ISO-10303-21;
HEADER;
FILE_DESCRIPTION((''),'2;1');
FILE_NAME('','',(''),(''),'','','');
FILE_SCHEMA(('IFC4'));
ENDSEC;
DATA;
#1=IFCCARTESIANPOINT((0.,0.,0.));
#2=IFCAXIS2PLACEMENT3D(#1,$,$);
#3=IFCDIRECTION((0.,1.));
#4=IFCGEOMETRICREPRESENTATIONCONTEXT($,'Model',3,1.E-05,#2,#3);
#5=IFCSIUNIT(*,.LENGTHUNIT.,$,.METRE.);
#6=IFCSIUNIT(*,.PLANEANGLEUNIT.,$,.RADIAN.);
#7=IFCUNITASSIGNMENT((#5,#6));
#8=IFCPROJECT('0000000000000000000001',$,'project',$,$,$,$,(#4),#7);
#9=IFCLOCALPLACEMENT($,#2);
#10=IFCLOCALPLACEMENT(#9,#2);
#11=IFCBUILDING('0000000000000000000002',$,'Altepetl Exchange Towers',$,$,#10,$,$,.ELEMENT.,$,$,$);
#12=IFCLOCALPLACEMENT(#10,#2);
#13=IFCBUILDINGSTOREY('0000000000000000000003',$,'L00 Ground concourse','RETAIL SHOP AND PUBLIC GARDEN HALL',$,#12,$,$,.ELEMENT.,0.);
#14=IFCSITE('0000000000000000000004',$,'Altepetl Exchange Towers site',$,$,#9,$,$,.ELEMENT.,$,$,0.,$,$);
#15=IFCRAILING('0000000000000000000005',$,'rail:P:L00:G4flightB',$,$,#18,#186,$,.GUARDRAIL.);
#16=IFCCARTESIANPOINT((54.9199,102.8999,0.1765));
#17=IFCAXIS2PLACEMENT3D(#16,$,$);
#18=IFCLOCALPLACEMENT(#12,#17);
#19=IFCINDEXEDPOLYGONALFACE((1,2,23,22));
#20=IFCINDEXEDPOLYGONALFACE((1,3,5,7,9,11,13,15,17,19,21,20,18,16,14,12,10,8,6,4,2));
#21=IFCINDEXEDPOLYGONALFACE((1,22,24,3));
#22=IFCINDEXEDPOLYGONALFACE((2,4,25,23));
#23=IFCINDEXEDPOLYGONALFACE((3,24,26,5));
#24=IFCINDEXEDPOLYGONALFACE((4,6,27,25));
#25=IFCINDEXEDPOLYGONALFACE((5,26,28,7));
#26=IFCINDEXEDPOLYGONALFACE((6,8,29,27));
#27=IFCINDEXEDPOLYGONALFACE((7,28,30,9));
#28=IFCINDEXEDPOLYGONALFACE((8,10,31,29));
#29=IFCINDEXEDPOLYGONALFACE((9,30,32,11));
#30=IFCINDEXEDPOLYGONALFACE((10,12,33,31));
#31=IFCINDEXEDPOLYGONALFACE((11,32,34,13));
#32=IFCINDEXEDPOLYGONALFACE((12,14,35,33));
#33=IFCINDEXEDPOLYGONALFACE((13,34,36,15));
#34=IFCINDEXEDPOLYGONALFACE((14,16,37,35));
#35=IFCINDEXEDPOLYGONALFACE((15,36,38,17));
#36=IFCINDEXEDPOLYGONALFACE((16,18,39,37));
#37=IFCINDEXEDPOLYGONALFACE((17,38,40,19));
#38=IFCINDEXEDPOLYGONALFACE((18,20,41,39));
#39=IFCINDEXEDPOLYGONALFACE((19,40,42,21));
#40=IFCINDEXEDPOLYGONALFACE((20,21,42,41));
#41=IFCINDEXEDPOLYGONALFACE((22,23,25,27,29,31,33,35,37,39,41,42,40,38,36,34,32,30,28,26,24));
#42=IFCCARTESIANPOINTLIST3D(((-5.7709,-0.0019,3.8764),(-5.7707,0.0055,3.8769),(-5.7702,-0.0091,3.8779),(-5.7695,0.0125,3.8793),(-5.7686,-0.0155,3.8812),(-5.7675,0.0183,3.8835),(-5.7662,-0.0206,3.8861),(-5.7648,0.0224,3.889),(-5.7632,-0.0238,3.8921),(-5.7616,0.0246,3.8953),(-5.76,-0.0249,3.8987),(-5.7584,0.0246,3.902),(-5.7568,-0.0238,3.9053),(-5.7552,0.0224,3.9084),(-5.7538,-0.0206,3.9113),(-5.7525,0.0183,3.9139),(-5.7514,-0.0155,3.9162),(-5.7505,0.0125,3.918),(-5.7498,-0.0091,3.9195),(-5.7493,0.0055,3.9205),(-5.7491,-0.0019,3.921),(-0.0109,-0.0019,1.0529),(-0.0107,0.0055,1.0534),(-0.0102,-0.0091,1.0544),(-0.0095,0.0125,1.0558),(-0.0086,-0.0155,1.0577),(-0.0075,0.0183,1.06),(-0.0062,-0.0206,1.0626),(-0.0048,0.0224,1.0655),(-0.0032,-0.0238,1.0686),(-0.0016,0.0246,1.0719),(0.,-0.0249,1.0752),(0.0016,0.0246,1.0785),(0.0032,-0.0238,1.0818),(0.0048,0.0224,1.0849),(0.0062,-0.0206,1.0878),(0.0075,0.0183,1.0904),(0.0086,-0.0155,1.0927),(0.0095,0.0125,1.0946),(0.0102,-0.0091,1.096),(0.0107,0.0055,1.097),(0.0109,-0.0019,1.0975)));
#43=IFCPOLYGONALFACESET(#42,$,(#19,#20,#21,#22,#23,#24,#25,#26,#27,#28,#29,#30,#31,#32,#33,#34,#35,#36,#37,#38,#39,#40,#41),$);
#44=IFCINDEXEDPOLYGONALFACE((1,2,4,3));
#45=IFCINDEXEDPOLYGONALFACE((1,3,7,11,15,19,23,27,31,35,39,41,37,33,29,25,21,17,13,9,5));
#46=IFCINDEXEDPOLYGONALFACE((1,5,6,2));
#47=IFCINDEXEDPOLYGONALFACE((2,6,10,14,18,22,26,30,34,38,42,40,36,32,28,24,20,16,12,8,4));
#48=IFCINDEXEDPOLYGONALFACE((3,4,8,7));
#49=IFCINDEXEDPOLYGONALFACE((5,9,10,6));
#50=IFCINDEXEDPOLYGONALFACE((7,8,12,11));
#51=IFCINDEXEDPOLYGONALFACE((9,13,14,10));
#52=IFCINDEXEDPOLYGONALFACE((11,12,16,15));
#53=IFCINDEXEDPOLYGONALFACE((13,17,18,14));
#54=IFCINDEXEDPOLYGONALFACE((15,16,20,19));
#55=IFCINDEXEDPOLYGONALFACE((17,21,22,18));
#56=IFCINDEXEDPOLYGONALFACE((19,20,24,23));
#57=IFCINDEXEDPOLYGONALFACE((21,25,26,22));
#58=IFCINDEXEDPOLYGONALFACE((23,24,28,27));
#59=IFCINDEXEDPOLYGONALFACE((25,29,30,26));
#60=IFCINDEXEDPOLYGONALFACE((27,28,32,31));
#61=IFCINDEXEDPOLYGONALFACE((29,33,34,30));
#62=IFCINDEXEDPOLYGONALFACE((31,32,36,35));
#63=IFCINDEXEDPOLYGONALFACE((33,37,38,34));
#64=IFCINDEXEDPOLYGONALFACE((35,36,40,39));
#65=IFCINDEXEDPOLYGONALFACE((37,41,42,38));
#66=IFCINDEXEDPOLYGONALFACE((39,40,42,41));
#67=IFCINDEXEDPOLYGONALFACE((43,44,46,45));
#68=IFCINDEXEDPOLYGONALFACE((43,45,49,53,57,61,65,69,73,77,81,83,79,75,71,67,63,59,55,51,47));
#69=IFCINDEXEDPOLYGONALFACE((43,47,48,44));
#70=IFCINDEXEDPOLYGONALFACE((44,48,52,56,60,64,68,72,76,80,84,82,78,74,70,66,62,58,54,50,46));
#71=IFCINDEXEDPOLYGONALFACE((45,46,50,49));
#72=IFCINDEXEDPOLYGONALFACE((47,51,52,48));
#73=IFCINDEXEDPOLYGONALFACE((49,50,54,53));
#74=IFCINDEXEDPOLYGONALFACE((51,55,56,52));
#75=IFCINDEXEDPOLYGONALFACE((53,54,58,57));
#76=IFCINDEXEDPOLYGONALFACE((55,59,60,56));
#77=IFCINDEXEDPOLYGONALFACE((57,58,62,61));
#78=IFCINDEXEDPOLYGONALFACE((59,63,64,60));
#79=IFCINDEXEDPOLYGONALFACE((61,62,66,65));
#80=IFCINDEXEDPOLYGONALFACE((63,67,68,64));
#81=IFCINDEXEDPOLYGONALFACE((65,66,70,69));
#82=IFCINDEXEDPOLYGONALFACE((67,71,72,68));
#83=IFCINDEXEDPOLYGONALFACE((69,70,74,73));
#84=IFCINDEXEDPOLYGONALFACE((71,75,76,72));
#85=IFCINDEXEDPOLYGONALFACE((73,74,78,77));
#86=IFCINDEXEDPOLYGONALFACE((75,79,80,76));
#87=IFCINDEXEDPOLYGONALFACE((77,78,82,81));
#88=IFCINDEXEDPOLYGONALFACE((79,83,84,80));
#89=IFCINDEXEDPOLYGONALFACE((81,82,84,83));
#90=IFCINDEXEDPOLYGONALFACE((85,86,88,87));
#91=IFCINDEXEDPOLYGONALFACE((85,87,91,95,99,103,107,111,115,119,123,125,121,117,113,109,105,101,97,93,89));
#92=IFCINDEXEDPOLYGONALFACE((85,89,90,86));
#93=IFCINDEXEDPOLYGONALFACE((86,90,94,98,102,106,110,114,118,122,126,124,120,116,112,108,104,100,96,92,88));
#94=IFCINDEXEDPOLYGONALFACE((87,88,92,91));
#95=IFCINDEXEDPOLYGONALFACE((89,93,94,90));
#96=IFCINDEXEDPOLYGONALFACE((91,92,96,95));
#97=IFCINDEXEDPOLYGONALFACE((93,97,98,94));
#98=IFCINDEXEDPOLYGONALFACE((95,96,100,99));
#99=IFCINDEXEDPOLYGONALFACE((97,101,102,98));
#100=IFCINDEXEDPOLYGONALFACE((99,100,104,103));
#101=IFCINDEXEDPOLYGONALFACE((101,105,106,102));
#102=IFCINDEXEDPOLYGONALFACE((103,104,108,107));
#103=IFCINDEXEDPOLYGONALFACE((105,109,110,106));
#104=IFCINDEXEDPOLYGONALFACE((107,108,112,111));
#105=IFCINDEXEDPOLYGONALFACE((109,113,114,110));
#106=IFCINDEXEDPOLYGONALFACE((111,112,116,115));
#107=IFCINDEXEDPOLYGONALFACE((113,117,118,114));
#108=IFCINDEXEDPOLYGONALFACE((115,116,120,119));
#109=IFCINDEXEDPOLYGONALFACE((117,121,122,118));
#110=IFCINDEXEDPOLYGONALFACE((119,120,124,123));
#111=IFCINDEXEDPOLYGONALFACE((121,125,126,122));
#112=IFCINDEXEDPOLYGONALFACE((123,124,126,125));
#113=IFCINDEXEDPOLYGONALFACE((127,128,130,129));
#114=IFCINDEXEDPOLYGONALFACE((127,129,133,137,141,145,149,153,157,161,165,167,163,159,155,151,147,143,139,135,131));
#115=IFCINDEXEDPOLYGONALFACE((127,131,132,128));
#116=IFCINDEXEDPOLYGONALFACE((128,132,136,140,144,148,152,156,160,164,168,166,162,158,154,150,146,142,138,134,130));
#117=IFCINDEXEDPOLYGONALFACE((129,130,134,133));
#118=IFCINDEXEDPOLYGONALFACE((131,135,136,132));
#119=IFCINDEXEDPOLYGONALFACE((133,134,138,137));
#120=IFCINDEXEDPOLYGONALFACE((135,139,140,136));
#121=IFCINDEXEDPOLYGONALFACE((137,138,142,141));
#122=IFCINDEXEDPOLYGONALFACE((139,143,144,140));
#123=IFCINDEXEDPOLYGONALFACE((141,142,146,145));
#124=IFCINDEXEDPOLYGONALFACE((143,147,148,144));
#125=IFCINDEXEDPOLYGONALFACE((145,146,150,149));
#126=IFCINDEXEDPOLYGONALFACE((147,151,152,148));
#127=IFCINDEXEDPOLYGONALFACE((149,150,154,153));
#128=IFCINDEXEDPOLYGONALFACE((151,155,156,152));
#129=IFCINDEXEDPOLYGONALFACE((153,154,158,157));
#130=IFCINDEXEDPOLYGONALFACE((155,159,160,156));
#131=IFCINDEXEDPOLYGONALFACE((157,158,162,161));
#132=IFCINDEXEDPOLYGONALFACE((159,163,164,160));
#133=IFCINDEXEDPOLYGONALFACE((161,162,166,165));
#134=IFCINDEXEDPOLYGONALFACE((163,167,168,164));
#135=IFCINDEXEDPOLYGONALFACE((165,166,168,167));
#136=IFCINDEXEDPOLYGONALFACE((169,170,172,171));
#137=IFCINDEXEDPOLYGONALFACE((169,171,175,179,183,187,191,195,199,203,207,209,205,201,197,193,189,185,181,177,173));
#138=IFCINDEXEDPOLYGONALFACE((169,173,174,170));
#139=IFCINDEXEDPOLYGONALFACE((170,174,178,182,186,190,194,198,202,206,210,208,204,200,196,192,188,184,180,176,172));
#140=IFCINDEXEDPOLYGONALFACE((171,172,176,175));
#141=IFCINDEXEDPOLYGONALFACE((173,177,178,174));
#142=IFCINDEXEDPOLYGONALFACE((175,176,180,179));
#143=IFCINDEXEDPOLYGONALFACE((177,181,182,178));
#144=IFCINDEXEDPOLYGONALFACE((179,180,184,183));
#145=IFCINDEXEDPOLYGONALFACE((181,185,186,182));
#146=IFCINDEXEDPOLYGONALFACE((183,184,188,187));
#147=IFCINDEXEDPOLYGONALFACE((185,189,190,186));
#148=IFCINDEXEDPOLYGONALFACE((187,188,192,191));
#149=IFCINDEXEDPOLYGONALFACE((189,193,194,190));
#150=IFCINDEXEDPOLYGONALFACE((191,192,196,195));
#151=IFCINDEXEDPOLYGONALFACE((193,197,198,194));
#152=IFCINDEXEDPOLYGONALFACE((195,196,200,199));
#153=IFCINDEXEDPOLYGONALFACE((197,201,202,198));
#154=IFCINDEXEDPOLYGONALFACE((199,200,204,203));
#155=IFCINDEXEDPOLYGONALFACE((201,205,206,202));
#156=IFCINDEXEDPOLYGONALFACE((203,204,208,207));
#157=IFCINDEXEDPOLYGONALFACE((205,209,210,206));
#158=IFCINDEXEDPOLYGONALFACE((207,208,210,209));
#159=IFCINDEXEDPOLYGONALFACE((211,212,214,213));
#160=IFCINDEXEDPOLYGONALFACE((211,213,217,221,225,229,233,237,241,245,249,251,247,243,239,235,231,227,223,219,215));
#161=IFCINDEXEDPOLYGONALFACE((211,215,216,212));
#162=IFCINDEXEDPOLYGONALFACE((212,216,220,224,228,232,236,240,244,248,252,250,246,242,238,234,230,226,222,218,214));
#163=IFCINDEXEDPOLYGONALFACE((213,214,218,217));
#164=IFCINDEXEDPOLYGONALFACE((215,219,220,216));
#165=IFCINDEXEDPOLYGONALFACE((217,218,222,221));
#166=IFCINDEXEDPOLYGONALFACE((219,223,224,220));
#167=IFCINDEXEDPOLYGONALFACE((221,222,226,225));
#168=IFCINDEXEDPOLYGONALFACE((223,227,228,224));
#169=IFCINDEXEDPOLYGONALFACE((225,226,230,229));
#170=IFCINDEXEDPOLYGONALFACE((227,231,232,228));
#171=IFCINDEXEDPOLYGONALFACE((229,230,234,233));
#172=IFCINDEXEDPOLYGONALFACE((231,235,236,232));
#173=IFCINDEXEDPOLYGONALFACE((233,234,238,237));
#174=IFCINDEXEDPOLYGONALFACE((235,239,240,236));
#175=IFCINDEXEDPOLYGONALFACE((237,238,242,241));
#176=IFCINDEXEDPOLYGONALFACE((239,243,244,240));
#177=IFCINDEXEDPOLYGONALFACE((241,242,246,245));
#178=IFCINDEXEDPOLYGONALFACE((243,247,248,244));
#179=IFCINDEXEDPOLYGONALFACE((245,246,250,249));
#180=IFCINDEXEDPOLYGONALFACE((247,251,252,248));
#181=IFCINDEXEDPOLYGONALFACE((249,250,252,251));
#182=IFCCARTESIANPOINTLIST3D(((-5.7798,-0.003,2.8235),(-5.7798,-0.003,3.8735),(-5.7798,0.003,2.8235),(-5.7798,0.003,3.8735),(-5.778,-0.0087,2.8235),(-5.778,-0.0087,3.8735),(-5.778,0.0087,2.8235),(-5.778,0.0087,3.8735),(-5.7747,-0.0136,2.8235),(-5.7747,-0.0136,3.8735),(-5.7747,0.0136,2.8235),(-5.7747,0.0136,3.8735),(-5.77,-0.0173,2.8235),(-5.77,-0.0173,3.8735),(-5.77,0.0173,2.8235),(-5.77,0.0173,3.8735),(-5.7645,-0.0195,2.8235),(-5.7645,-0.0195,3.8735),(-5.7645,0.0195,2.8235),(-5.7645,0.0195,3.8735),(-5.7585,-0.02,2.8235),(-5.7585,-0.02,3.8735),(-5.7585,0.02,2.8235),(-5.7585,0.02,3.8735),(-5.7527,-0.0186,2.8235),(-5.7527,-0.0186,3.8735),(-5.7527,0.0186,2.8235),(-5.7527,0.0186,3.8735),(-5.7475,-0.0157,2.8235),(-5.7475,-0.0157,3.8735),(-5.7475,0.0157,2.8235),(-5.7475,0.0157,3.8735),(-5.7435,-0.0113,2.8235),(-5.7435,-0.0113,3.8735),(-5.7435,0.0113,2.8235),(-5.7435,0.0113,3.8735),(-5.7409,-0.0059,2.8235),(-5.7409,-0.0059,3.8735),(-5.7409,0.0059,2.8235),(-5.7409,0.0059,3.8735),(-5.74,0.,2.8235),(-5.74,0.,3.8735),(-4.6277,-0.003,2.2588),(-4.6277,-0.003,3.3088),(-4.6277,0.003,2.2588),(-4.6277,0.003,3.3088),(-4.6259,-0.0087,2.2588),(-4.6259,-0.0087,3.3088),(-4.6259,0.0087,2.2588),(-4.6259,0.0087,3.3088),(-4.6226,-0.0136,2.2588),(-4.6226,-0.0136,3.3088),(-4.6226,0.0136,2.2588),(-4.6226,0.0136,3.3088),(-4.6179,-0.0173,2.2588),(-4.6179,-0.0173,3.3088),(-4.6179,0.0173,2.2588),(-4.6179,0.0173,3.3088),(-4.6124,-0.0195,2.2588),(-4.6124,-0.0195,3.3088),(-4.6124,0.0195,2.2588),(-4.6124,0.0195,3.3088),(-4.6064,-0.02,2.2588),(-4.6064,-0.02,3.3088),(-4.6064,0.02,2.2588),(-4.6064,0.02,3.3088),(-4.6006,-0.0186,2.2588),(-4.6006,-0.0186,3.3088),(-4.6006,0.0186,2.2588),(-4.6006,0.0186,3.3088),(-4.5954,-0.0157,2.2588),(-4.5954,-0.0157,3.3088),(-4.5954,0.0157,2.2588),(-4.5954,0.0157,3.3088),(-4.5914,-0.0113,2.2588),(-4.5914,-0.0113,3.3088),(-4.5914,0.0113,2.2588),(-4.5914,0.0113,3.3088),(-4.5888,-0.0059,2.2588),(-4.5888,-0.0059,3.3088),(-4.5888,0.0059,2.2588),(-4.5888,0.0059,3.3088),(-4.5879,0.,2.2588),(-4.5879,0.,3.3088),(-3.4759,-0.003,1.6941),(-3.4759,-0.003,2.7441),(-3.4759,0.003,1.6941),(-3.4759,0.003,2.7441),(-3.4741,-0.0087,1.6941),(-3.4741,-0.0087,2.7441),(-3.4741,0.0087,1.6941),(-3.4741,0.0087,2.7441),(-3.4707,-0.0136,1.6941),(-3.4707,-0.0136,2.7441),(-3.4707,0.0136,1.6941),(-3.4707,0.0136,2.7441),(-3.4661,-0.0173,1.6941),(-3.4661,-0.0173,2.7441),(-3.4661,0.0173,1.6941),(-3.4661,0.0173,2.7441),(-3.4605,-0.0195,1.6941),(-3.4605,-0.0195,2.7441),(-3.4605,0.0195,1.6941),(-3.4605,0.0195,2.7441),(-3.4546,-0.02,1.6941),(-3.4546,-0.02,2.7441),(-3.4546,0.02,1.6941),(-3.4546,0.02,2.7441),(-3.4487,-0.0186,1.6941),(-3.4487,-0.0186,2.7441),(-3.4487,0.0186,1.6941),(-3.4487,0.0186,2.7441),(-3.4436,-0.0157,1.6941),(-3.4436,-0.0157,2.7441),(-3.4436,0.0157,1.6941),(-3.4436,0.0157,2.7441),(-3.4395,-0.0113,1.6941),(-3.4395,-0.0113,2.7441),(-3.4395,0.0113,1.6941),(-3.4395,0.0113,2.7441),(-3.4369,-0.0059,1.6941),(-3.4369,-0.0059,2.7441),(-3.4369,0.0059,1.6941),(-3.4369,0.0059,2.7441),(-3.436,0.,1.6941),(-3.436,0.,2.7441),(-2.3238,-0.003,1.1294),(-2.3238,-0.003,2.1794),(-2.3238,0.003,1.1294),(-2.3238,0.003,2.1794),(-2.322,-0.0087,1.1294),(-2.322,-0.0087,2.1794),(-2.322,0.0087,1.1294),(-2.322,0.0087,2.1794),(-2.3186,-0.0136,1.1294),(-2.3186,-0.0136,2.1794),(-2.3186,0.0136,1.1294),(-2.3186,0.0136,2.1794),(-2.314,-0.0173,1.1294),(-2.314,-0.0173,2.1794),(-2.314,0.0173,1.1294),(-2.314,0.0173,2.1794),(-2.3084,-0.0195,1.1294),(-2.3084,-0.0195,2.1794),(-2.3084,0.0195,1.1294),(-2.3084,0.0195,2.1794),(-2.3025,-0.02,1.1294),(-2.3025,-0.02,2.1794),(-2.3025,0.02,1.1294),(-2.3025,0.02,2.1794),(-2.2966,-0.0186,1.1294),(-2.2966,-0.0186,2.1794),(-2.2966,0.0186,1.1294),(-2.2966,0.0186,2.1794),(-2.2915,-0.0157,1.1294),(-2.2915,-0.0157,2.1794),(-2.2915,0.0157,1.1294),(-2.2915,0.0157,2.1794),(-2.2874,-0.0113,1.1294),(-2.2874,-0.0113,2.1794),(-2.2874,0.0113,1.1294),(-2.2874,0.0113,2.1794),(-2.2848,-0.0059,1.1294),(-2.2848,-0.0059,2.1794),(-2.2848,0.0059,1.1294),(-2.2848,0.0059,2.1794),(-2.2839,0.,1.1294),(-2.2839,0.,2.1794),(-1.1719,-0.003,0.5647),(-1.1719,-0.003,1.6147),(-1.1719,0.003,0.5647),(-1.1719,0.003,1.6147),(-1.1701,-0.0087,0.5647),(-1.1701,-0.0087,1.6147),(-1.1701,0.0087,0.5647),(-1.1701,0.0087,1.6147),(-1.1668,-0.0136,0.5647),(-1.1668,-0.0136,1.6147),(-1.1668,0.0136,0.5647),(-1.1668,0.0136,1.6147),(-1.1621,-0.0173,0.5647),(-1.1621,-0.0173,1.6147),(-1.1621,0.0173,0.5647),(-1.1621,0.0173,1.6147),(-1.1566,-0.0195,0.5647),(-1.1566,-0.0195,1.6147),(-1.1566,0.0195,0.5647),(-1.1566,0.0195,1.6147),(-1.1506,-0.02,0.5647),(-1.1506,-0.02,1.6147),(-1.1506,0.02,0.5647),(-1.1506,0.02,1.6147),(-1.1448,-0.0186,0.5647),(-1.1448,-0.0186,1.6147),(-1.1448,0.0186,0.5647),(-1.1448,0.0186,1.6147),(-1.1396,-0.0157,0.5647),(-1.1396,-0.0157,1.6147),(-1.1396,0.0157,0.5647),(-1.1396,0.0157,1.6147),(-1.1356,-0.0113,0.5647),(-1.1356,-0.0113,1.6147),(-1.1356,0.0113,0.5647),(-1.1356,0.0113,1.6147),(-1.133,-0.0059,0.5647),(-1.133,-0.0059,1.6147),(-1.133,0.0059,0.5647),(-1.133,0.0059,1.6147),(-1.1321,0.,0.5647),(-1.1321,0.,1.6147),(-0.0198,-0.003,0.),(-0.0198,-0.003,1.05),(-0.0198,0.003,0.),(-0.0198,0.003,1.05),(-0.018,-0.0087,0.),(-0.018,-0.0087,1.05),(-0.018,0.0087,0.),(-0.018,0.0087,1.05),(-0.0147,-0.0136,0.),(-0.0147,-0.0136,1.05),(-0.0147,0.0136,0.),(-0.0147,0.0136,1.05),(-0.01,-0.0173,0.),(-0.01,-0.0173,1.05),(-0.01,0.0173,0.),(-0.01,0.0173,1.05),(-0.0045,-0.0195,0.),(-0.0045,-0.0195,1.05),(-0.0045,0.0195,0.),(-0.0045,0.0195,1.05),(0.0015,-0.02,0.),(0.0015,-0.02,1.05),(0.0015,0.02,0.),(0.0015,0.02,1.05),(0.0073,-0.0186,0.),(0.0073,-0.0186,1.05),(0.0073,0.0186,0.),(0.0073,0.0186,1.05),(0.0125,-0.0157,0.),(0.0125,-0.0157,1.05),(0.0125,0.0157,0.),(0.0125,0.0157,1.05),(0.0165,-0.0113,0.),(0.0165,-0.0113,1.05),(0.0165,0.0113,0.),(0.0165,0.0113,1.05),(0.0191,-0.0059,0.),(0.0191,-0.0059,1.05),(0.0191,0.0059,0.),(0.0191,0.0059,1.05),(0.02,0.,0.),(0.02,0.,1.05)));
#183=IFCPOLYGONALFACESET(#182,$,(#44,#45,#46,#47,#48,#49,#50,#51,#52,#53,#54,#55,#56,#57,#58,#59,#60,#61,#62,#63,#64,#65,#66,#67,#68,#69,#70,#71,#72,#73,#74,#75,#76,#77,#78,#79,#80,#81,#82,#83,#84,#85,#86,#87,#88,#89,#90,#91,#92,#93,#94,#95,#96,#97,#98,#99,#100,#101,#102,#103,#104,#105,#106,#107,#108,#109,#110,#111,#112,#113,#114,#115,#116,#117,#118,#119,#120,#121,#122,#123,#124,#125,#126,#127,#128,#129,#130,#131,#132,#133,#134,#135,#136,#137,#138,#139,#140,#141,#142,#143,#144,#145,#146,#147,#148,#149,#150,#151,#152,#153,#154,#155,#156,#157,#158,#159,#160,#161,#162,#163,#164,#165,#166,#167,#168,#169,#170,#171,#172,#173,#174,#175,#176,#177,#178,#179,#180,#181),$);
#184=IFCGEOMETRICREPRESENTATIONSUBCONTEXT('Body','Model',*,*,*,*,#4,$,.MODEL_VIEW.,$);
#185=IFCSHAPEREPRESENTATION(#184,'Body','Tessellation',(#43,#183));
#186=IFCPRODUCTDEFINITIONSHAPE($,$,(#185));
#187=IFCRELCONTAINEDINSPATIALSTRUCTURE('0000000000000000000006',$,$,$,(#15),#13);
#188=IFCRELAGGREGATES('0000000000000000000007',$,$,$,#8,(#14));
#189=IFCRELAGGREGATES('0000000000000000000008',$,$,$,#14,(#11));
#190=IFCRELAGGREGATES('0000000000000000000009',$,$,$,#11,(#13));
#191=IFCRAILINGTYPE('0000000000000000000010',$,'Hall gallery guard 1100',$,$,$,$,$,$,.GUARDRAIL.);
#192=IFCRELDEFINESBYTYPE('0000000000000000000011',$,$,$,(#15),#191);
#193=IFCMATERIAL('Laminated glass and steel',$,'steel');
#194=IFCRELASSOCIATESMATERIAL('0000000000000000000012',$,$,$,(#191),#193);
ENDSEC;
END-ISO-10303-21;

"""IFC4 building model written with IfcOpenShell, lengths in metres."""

from ifc_helpers import new_model, si_unit, direction, frame, origin, origin_2d, place, context, subcontext, project, spatial, circle, extrude, source, transform, mapped, material, type_object, element, save


model = new_model("IFC4")

# Units and contexts
model_context = context("Model", 3, precision=1e-05, world=origin(), true_north=direction((0.0, 1.0)))
body_context = subcontext(model_context, "Body", "Model", "MODEL_VIEW")
ifc_project = project(units=[si_unit("LENGTHUNIT", "METRE"), si_unit("PLANEANGLEUNIT", "RADIAN")], contexts=[model_context])

# Site, building, storey
site_placement = place(None, origin())
site = spatial("IfcSite", under=ifc_project, at=site_placement, Name="Altepetl Exchange Towers site", CompositionType="ELEMENT", RefElevation=0.0)
building_placement = place(site_placement, origin())
building = spatial("IfcBuilding", under=site, at=building_placement, Name="Altepetl Exchange Towers", CompositionType="ELEMENT")
storey_placement = place(building_placement, origin())
storey = spatial("IfcBuildingStorey", under=building, at=storey_placement, Name="L00 Ground concourse", Description="RETAIL SHOP AND PUBLIC GARDEN HALL", CompositionType="ELEMENT", Elevation=0.0)

# Railing
ifc_material_1 = material(Name="Laminated glass and steel", Category="steel")
railing_type_1 = type_object("IfcRailingType", Name="Hall gallery guard 1100", PredefinedType="GUARDRAIL", material=ifc_material_1)
shared_shape_1 = source(origin(), body_context, "Body", "SweptSolid", [
    extrude(circle(Radius=0.02, at=origin_2d()), origin(), (0.0, 0.0, 1.0), 1.05),
])
for number, where, name in (
    (1, (54.9199, 102.8999, 0.1765), "rail:P:L00:G4flightB"),
):
    element("IfcRailing", number, at=place(storey_placement, frame(where)), inside=storey, type_object=railing_type_1, Name=name, PredefinedType="GUARDRAIL", context=body_context, shape_type="SweptSolid", body=[
        extrude(circle(Radius=0.0249, at=origin_2d()), frame((0.0, 0.0, 1.0752), z_axis=(-0.897924, 0.0, 0.440151), x_axis=(0.0, -1.0, 0.0)), (0.0, 0.0, 1.0), 6.4148),
        mapped(shared_shape_1, transform((0.0, 0.0, 0.0))),
        mapped(shared_shape_1, transform((-1.1521, 0.0, 0.5647))),
        mapped(shared_shape_1, transform((-2.304, 0.0, 1.1294))),
        mapped(shared_shape_1, transform((-3.4561, 0.0, 1.6941))),
        mapped(shared_shape_1, transform((-4.6079, 0.0, 2.2588))),
        mapped(shared_shape_1, transform((-5.76, 0.0, 2.8235))),
    ])

save(model, "model.ifc")
